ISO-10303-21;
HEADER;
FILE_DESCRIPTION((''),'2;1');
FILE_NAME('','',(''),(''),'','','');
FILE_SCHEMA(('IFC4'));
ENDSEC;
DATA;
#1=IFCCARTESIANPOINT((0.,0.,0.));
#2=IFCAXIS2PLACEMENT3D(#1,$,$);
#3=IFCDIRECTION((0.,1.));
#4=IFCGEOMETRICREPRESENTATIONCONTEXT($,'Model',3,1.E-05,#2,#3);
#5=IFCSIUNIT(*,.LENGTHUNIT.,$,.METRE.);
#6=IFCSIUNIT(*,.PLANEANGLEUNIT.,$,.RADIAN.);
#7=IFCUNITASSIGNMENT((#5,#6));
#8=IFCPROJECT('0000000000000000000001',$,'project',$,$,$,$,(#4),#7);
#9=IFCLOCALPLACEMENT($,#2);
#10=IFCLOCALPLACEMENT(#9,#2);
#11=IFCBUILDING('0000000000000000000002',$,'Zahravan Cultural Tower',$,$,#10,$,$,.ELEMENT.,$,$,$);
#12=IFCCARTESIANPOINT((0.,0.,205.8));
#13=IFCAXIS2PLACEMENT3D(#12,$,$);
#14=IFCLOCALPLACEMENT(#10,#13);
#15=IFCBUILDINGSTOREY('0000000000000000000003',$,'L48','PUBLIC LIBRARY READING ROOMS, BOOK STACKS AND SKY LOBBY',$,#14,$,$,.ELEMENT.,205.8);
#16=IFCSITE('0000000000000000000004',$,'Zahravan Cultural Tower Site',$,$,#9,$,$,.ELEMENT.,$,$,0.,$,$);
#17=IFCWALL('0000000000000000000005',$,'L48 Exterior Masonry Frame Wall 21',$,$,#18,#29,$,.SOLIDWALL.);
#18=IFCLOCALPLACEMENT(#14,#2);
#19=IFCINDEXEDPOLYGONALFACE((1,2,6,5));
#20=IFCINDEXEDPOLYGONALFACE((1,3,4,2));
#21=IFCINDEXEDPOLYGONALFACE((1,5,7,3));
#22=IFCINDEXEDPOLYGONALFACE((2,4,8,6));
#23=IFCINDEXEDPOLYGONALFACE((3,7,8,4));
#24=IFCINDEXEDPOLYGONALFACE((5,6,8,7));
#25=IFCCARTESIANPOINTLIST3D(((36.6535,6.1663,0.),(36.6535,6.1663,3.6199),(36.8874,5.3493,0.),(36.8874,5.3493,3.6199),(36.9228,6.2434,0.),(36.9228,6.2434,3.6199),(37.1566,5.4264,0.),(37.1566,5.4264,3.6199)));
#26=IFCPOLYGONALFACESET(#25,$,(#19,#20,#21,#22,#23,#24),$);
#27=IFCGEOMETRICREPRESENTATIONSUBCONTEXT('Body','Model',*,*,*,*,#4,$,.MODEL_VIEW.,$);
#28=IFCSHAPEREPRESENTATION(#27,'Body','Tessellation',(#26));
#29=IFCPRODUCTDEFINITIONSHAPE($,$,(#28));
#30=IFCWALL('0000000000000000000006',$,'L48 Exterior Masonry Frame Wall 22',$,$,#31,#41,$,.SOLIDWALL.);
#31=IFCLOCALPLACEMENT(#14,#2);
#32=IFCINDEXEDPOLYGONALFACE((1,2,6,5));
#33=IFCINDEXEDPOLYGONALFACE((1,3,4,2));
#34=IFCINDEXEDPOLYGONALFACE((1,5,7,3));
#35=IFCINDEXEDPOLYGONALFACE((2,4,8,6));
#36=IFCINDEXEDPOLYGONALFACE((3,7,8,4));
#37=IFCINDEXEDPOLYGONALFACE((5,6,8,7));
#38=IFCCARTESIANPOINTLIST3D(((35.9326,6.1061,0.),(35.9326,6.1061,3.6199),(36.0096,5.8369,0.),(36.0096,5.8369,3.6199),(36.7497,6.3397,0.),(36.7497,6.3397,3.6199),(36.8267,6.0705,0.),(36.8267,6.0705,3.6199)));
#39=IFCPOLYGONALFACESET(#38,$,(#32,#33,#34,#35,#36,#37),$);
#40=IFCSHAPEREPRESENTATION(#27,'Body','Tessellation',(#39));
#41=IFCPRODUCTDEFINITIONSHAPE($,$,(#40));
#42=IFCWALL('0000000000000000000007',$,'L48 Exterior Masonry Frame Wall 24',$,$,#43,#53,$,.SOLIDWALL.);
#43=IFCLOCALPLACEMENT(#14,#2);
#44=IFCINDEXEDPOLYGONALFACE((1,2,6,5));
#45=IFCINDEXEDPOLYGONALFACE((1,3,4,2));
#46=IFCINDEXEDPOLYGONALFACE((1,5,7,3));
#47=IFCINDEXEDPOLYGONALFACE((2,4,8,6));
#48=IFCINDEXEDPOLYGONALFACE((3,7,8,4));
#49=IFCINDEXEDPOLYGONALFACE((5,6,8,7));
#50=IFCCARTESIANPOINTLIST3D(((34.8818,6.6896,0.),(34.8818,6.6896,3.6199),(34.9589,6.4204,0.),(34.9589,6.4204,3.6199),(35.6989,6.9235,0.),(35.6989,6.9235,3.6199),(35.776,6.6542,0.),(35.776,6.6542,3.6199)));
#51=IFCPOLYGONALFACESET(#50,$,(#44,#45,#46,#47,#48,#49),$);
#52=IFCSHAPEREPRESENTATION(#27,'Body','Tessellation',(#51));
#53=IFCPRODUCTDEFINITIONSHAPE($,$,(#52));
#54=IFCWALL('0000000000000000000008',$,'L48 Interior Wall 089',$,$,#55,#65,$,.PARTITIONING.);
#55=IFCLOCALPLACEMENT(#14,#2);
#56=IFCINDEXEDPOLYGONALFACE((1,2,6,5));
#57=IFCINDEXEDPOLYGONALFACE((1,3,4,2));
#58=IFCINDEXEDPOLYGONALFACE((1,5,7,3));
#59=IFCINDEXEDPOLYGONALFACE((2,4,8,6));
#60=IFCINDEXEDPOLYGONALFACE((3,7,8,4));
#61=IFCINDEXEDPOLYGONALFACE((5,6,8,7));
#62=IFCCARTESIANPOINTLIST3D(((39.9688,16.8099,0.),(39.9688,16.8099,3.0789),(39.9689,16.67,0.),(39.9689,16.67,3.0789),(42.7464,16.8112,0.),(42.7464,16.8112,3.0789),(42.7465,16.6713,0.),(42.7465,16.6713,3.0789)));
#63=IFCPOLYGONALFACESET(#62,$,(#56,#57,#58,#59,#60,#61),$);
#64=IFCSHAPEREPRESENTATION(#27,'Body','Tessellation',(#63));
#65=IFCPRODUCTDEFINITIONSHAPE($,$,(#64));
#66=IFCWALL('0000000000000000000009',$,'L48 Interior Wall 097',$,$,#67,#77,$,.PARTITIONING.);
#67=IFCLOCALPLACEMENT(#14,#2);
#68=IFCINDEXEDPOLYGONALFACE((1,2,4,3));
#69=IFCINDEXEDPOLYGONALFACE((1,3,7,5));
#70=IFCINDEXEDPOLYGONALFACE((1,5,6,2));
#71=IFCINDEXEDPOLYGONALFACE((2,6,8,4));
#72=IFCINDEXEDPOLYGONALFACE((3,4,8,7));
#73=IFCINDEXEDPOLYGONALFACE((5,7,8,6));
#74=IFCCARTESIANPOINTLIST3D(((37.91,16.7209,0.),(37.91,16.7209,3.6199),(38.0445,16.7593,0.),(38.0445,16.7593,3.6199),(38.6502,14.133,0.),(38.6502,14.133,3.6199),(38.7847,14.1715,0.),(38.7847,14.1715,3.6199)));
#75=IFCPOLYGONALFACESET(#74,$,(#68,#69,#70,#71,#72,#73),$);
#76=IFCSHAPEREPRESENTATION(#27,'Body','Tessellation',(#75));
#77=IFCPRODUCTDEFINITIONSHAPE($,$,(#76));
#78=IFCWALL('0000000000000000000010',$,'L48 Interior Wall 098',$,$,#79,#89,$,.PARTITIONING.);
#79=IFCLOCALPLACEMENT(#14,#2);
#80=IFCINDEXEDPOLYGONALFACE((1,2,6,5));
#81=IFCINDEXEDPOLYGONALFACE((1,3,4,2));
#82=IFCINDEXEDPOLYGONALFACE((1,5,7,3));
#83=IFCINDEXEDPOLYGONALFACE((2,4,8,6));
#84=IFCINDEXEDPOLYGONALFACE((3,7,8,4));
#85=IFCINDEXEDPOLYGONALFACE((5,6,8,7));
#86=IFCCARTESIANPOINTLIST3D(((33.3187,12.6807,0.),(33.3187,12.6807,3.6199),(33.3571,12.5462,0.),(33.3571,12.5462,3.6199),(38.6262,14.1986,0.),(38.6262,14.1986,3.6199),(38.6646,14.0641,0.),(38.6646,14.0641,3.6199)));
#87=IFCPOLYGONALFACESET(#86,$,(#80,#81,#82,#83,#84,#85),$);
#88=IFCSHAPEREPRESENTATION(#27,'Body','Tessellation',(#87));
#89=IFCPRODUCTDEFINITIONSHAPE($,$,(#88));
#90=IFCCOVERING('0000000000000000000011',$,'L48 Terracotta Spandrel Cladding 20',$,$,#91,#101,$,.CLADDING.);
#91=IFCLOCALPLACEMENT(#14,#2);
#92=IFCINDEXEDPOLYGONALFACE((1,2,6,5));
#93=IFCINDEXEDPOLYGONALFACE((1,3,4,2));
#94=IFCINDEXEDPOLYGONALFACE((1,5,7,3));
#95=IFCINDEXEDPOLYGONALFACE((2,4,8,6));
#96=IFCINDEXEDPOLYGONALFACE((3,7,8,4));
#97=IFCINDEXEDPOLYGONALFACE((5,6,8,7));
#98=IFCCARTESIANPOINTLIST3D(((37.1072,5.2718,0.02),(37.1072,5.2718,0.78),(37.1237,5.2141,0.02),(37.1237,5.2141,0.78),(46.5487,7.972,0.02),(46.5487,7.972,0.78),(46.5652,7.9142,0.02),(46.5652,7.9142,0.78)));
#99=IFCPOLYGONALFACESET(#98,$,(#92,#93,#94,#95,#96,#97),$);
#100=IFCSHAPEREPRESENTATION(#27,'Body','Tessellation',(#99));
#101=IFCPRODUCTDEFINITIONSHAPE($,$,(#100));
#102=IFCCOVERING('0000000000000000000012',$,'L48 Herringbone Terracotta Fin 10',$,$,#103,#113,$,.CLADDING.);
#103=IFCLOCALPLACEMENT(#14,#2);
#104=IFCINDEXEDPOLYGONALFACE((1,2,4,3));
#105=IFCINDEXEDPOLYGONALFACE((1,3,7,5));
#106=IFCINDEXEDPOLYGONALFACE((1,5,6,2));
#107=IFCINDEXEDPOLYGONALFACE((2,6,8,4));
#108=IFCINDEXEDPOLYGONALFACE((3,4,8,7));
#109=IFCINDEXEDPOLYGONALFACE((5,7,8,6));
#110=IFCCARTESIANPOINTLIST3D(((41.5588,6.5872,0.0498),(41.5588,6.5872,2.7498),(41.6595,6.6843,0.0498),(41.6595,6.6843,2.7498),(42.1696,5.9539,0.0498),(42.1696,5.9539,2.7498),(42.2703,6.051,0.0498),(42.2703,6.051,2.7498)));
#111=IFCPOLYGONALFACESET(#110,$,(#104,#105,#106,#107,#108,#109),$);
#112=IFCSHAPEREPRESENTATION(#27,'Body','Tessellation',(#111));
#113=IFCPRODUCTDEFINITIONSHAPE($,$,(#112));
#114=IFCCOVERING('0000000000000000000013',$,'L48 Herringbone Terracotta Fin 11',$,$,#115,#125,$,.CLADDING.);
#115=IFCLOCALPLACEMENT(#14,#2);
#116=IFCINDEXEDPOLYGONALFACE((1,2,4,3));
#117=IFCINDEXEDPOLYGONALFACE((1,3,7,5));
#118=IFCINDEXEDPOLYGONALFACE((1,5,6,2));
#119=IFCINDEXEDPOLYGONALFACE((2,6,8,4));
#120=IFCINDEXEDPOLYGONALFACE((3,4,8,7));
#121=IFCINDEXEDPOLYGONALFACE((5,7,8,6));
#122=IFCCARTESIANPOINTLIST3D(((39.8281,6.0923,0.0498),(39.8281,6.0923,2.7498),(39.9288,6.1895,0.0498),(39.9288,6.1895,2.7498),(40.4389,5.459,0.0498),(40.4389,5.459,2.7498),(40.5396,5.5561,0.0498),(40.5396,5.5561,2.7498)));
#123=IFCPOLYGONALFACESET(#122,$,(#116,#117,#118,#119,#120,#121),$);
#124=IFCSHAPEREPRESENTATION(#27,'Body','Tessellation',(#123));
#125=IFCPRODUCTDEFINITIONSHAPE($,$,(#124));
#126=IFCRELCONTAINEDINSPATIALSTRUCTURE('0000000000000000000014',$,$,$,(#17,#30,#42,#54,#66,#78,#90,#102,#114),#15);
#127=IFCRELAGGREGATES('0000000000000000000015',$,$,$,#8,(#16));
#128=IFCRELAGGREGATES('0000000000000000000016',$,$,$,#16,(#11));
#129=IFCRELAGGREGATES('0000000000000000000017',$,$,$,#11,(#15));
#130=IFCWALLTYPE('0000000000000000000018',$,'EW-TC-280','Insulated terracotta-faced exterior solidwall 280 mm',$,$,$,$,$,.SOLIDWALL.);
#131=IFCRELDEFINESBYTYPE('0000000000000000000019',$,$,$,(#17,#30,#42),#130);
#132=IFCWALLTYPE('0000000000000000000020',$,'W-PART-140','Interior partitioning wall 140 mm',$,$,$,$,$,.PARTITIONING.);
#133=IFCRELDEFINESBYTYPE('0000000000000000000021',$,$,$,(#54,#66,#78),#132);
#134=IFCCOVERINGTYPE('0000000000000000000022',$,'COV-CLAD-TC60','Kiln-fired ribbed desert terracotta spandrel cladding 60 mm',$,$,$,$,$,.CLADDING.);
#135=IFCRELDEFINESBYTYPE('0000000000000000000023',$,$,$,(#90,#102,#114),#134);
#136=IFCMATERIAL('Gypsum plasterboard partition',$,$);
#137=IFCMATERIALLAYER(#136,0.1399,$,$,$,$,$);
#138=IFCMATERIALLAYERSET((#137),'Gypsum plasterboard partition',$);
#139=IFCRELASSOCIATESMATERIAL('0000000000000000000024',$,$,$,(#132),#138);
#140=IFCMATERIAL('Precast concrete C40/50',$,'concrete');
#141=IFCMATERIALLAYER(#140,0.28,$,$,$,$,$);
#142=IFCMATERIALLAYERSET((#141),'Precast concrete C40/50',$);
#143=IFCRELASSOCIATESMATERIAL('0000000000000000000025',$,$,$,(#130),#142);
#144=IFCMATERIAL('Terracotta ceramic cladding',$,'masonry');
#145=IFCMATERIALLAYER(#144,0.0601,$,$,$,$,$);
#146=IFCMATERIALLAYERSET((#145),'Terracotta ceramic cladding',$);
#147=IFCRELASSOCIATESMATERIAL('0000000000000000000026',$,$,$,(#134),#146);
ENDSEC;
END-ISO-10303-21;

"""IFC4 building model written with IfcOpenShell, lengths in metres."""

from ifc_helpers import new_model, si_unit, direction, frame, frame_2d, origin, origin_2d, place, context, subcontext, project, spatial, rectangle, extrude, source, transform, mapped, material, layer, layer_set, type_object, element, save


model = new_model("IFC4")

# Units and contexts
model_context = context("Model", 3, precision=1e-05, world=origin(), true_north=direction((0.0, 1.0)))
body_context = subcontext(model_context, "Body", "Model", "MODEL_VIEW")
ifc_project = project(units=[si_unit("LENGTHUNIT", "METRE"), si_unit("PLANEANGLEUNIT", "RADIAN")], contexts=[model_context])

# Site, building, storey
site_placement = place(None, origin())
site = spatial("IfcSite", under=ifc_project, at=site_placement, Name="Zahravan Cultural Tower Site", CompositionType="ELEMENT", RefElevation=0.0)
building_placement = place(site_placement, origin())
building = spatial("IfcBuilding", under=site, at=building_placement, Name="Zahravan Cultural Tower", CompositionType="ELEMENT")
storey_placement = place(building_placement, frame((0.0, 0.0, 205.8)))
storey = spatial("IfcBuildingStorey", under=building, at=storey_placement, Name="L48", Description="PUBLIC LIBRARY READING ROOMS, BOOK STACKS AND SKY LOBBY", CompositionType="ELEMENT", Elevation=205.8)

# Shared definitions
ifc_material_1 = material(Name="Gypsum plasterboard partition")
ifc_layer_1 = layer(ifc_material_1, 0.1399)
ifc_layer_set_1 = layer_set([ifc_layer_1], Name="Gypsum plasterboard partition")
wall_type_1 = type_object("IfcWallType", Name="W-PART-140", Description="Interior partitioning wall 140 mm", PredefinedType="PARTITIONING", material=ifc_layer_set_1)

# Walls
ifc_material_2 = material(Name="Precast concrete C40/50", Category="concrete")
ifc_layer_2 = layer(ifc_material_2, 0.28)
ifc_layer_set_2 = layer_set([ifc_layer_2], Name="Precast concrete C40/50")
wall_type_2 = type_object("IfcWallType", Name="EW-TC-280", Description="Insulated terracotta-faced exterior solidwall 280 mm", PredefinedType="SOLIDWALL", material=ifc_layer_set_2)
shared_shape_1 = source(origin(), body_context, "Body", "SweptSolid", [
    extrude(rectangle(XDim=0.8499, YDim=0.28, at=frame_2d((0.4248, 0.0))), origin(), (0.0, 0.0, 1.0), 3.6199),
])
for number, where, z_axis, x_axis, name in (
    (1, (37.022, 5.3879, 0.0), (0.0, 0.0, 1.0), (-0.275176, 0.961394, 0.0), "L48 Exterior Masonry Frame Wall 21"),
    (2, (36.7881, 6.2051, 0.0), (0.0, 0.0, 1.0), (-0.96147, -0.274911, 0.0), "L48 Exterior Masonry Frame Wall 22"),
    (3, (35.7373, 6.7888, 0.0), (0.0, 0.0, 1.0), (-0.961394, -0.275176, 0.0), "L48 Exterior Masonry Frame Wall 24"),
):
    element("IfcWall", number, at=place(storey_placement, frame(where, z_axis=z_axis, x_axis=x_axis)), inside=storey, type_object=wall_type_2, Name=name, PredefinedType="SOLIDWALL", context=body_context, shape_type="MappedRepresentation", body=[
        mapped(shared_shape_1, transform((0.0, 0.0, 0.0), x_axis=(1.0, 0.0, 0.0), y_axis=(0.0, 1.0, 0.0), z_axis=(0.0, 0.0, 1.0), scale=1.0)),
    ])
shared_shape_2 = source(origin(), body_context, "Body", "SweptSolid", [
    extrude(rectangle(XDim=2.7776, YDim=0.1399, at=frame_2d((1.3887, 0.0))), origin(), (0.0, 0.0, 1.0), 3.0789),
])
wall_1_placement = place(storey_placement, frame((39.969, 16.74, 0.0), z_axis=(0.0, 0.0, 1.0), x_axis=(1.0, 0.000439, 0.0)))
element("IfcWall", 4, at=wall_1_placement, inside=storey, type_object=wall_type_1, Name="L48 Interior Wall 089", PredefinedType="PARTITIONING", context=body_context, shape_type="MappedRepresentation", body=[
    mapped(shared_shape_2, transform((0.0, 0.0, 0.0), x_axis=(1.0, 0.0, 0.0), y_axis=(0.0, 1.0, 0.0), z_axis=(0.0, 0.0, 1.0), scale=1.0)),
])
shared_shape_3 = source(origin(), body_context, "Body", "SweptSolid", [
    extrude(rectangle(XDim=2.6917, YDim=0.1399, at=frame_2d((1.3457, 0.0))), origin(), (0.0, 0.0, 1.0), 3.6199),
])
wall_2_placement = place(storey_placement, frame((37.9773, 16.74, 0.0), z_axis=(0.0, 0.0, 1.0), x_axis=(0.275009, -0.961442, 0.0)))
element("IfcWall", 5, at=wall_2_placement, inside=storey, type_object=wall_type_1, Name="L48 Interior Wall 097", PredefinedType="PARTITIONING", context=body_context, shape_type="MappedRepresentation", body=[
    mapped(shared_shape_3, transform((0.0, 0.0, 0.0), x_axis=(1.0, 0.0, 0.0), y_axis=(0.0, 1.0, 0.0), z_axis=(0.0, 0.0, 1.0), scale=1.0)),
])
shared_shape_4 = source(origin(), body_context, "Body", "SweptSolid", [
    extrude(rectangle(XDim=5.5203, YDim=0.1399, at=frame_2d((2.7603, 0.0))), origin(), (0.0, 0.0, 1.0), 3.6199),
])
wall_3_placement = place(storey_placement, frame((38.6455, 14.1313, 0.0), z_axis=(0.0, 0.0, 1.0), x_axis=(-0.961455, -0.274961, 0.0)))
element("IfcWall", 6, at=wall_3_placement, inside=storey, type_object=wall_type_1, Name="L48 Interior Wall 098", PredefinedType="PARTITIONING", context=body_context, shape_type="MappedRepresentation", body=[
    mapped(shared_shape_4, transform((0.0, 0.0, 0.0), x_axis=(1.0, 0.0, 0.0), y_axis=(0.0, 1.0, 0.0), z_axis=(0.0, 0.0, 1.0), scale=1.0)),
])

# Coverings
ifc_material_3 = material(Name="Terracotta ceramic cladding", Category="masonry")
ifc_layer_3 = layer(ifc_material_3, 0.0601)
ifc_layer_set_3 = layer_set([ifc_layer_3], Name="Terracotta ceramic cladding")
covering_type = type_object("IfcCoveringType", Name="COV-CLAD-TC60", Description="Kiln-fired ribbed desert terracotta spandrel cladding 60 mm", PredefinedType="CLADDING", material=ifc_layer_set_3)
shared_shape_5 = source(origin(), body_context, "Body", "SweptSolid", [
    extrude(rectangle(XDim=9.8201, YDim=0.0601, at=origin_2d()), origin(), (0.0, 0.0, 1.0), 0.76),
])
covering_placement = place(storey_placement, frame((41.8362, 6.593, 0.02), z_axis=(0.0, 0.0, 1.0), x_axis=(-0.961454, -0.274966, 0.0)))
element("IfcCovering", 7, at=covering_placement, inside=storey, type_object=covering_type, Name="L48 Terracotta Spandrel Cladding 20", PredefinedType="CLADDING", context=body_context, shape_type="MappedRepresentation", body=[
    mapped(shared_shape_5, transform((0.0, 0.0, 0.0), x_axis=(1.0, 0.0, 0.0), y_axis=(0.0, 1.0, 0.0), z_axis=(0.0, 0.0, 1.0), scale=1.0)),
])
shared_shape_6 = source(origin(), body_context, "Body", "SweptSolid", [
    extrude(rectangle(XDim=0.8799, YDim=0.1399, at=origin_2d()), origin(), (0.0, 0.0, 1.0), 2.7),
])
for number, where, z_axis, x_axis, name in (
    (8, (41.9146, 6.3191, 0.0498), (0.0, 0.0, 1.0), (0.694156, -0.719825, 0.0), "L48 Herringbone Terracotta Fin 10"),
    (9, (40.1838, 5.8242, 0.0498), (0.0, 0.0, 1.0), (0.694156, -0.719825, 0.0), "L48 Herringbone Terracotta Fin 11"),
):
    element("IfcCovering", number, at=place(storey_placement, frame(where, z_axis=z_axis, x_axis=x_axis)), inside=storey, type_object=covering_type, Name=name, PredefinedType="CLADDING", context=body_context, shape_type="MappedRepresentation", body=[
        mapped(shared_shape_6, transform((0.0, 0.0, 0.0), x_axis=(1.0, 0.0, 0.0), y_axis=(0.0, 1.0, 0.0), z_axis=(0.0, 0.0, 1.0), scale=1.0)),
    ])

save(model, "model.ifc")
